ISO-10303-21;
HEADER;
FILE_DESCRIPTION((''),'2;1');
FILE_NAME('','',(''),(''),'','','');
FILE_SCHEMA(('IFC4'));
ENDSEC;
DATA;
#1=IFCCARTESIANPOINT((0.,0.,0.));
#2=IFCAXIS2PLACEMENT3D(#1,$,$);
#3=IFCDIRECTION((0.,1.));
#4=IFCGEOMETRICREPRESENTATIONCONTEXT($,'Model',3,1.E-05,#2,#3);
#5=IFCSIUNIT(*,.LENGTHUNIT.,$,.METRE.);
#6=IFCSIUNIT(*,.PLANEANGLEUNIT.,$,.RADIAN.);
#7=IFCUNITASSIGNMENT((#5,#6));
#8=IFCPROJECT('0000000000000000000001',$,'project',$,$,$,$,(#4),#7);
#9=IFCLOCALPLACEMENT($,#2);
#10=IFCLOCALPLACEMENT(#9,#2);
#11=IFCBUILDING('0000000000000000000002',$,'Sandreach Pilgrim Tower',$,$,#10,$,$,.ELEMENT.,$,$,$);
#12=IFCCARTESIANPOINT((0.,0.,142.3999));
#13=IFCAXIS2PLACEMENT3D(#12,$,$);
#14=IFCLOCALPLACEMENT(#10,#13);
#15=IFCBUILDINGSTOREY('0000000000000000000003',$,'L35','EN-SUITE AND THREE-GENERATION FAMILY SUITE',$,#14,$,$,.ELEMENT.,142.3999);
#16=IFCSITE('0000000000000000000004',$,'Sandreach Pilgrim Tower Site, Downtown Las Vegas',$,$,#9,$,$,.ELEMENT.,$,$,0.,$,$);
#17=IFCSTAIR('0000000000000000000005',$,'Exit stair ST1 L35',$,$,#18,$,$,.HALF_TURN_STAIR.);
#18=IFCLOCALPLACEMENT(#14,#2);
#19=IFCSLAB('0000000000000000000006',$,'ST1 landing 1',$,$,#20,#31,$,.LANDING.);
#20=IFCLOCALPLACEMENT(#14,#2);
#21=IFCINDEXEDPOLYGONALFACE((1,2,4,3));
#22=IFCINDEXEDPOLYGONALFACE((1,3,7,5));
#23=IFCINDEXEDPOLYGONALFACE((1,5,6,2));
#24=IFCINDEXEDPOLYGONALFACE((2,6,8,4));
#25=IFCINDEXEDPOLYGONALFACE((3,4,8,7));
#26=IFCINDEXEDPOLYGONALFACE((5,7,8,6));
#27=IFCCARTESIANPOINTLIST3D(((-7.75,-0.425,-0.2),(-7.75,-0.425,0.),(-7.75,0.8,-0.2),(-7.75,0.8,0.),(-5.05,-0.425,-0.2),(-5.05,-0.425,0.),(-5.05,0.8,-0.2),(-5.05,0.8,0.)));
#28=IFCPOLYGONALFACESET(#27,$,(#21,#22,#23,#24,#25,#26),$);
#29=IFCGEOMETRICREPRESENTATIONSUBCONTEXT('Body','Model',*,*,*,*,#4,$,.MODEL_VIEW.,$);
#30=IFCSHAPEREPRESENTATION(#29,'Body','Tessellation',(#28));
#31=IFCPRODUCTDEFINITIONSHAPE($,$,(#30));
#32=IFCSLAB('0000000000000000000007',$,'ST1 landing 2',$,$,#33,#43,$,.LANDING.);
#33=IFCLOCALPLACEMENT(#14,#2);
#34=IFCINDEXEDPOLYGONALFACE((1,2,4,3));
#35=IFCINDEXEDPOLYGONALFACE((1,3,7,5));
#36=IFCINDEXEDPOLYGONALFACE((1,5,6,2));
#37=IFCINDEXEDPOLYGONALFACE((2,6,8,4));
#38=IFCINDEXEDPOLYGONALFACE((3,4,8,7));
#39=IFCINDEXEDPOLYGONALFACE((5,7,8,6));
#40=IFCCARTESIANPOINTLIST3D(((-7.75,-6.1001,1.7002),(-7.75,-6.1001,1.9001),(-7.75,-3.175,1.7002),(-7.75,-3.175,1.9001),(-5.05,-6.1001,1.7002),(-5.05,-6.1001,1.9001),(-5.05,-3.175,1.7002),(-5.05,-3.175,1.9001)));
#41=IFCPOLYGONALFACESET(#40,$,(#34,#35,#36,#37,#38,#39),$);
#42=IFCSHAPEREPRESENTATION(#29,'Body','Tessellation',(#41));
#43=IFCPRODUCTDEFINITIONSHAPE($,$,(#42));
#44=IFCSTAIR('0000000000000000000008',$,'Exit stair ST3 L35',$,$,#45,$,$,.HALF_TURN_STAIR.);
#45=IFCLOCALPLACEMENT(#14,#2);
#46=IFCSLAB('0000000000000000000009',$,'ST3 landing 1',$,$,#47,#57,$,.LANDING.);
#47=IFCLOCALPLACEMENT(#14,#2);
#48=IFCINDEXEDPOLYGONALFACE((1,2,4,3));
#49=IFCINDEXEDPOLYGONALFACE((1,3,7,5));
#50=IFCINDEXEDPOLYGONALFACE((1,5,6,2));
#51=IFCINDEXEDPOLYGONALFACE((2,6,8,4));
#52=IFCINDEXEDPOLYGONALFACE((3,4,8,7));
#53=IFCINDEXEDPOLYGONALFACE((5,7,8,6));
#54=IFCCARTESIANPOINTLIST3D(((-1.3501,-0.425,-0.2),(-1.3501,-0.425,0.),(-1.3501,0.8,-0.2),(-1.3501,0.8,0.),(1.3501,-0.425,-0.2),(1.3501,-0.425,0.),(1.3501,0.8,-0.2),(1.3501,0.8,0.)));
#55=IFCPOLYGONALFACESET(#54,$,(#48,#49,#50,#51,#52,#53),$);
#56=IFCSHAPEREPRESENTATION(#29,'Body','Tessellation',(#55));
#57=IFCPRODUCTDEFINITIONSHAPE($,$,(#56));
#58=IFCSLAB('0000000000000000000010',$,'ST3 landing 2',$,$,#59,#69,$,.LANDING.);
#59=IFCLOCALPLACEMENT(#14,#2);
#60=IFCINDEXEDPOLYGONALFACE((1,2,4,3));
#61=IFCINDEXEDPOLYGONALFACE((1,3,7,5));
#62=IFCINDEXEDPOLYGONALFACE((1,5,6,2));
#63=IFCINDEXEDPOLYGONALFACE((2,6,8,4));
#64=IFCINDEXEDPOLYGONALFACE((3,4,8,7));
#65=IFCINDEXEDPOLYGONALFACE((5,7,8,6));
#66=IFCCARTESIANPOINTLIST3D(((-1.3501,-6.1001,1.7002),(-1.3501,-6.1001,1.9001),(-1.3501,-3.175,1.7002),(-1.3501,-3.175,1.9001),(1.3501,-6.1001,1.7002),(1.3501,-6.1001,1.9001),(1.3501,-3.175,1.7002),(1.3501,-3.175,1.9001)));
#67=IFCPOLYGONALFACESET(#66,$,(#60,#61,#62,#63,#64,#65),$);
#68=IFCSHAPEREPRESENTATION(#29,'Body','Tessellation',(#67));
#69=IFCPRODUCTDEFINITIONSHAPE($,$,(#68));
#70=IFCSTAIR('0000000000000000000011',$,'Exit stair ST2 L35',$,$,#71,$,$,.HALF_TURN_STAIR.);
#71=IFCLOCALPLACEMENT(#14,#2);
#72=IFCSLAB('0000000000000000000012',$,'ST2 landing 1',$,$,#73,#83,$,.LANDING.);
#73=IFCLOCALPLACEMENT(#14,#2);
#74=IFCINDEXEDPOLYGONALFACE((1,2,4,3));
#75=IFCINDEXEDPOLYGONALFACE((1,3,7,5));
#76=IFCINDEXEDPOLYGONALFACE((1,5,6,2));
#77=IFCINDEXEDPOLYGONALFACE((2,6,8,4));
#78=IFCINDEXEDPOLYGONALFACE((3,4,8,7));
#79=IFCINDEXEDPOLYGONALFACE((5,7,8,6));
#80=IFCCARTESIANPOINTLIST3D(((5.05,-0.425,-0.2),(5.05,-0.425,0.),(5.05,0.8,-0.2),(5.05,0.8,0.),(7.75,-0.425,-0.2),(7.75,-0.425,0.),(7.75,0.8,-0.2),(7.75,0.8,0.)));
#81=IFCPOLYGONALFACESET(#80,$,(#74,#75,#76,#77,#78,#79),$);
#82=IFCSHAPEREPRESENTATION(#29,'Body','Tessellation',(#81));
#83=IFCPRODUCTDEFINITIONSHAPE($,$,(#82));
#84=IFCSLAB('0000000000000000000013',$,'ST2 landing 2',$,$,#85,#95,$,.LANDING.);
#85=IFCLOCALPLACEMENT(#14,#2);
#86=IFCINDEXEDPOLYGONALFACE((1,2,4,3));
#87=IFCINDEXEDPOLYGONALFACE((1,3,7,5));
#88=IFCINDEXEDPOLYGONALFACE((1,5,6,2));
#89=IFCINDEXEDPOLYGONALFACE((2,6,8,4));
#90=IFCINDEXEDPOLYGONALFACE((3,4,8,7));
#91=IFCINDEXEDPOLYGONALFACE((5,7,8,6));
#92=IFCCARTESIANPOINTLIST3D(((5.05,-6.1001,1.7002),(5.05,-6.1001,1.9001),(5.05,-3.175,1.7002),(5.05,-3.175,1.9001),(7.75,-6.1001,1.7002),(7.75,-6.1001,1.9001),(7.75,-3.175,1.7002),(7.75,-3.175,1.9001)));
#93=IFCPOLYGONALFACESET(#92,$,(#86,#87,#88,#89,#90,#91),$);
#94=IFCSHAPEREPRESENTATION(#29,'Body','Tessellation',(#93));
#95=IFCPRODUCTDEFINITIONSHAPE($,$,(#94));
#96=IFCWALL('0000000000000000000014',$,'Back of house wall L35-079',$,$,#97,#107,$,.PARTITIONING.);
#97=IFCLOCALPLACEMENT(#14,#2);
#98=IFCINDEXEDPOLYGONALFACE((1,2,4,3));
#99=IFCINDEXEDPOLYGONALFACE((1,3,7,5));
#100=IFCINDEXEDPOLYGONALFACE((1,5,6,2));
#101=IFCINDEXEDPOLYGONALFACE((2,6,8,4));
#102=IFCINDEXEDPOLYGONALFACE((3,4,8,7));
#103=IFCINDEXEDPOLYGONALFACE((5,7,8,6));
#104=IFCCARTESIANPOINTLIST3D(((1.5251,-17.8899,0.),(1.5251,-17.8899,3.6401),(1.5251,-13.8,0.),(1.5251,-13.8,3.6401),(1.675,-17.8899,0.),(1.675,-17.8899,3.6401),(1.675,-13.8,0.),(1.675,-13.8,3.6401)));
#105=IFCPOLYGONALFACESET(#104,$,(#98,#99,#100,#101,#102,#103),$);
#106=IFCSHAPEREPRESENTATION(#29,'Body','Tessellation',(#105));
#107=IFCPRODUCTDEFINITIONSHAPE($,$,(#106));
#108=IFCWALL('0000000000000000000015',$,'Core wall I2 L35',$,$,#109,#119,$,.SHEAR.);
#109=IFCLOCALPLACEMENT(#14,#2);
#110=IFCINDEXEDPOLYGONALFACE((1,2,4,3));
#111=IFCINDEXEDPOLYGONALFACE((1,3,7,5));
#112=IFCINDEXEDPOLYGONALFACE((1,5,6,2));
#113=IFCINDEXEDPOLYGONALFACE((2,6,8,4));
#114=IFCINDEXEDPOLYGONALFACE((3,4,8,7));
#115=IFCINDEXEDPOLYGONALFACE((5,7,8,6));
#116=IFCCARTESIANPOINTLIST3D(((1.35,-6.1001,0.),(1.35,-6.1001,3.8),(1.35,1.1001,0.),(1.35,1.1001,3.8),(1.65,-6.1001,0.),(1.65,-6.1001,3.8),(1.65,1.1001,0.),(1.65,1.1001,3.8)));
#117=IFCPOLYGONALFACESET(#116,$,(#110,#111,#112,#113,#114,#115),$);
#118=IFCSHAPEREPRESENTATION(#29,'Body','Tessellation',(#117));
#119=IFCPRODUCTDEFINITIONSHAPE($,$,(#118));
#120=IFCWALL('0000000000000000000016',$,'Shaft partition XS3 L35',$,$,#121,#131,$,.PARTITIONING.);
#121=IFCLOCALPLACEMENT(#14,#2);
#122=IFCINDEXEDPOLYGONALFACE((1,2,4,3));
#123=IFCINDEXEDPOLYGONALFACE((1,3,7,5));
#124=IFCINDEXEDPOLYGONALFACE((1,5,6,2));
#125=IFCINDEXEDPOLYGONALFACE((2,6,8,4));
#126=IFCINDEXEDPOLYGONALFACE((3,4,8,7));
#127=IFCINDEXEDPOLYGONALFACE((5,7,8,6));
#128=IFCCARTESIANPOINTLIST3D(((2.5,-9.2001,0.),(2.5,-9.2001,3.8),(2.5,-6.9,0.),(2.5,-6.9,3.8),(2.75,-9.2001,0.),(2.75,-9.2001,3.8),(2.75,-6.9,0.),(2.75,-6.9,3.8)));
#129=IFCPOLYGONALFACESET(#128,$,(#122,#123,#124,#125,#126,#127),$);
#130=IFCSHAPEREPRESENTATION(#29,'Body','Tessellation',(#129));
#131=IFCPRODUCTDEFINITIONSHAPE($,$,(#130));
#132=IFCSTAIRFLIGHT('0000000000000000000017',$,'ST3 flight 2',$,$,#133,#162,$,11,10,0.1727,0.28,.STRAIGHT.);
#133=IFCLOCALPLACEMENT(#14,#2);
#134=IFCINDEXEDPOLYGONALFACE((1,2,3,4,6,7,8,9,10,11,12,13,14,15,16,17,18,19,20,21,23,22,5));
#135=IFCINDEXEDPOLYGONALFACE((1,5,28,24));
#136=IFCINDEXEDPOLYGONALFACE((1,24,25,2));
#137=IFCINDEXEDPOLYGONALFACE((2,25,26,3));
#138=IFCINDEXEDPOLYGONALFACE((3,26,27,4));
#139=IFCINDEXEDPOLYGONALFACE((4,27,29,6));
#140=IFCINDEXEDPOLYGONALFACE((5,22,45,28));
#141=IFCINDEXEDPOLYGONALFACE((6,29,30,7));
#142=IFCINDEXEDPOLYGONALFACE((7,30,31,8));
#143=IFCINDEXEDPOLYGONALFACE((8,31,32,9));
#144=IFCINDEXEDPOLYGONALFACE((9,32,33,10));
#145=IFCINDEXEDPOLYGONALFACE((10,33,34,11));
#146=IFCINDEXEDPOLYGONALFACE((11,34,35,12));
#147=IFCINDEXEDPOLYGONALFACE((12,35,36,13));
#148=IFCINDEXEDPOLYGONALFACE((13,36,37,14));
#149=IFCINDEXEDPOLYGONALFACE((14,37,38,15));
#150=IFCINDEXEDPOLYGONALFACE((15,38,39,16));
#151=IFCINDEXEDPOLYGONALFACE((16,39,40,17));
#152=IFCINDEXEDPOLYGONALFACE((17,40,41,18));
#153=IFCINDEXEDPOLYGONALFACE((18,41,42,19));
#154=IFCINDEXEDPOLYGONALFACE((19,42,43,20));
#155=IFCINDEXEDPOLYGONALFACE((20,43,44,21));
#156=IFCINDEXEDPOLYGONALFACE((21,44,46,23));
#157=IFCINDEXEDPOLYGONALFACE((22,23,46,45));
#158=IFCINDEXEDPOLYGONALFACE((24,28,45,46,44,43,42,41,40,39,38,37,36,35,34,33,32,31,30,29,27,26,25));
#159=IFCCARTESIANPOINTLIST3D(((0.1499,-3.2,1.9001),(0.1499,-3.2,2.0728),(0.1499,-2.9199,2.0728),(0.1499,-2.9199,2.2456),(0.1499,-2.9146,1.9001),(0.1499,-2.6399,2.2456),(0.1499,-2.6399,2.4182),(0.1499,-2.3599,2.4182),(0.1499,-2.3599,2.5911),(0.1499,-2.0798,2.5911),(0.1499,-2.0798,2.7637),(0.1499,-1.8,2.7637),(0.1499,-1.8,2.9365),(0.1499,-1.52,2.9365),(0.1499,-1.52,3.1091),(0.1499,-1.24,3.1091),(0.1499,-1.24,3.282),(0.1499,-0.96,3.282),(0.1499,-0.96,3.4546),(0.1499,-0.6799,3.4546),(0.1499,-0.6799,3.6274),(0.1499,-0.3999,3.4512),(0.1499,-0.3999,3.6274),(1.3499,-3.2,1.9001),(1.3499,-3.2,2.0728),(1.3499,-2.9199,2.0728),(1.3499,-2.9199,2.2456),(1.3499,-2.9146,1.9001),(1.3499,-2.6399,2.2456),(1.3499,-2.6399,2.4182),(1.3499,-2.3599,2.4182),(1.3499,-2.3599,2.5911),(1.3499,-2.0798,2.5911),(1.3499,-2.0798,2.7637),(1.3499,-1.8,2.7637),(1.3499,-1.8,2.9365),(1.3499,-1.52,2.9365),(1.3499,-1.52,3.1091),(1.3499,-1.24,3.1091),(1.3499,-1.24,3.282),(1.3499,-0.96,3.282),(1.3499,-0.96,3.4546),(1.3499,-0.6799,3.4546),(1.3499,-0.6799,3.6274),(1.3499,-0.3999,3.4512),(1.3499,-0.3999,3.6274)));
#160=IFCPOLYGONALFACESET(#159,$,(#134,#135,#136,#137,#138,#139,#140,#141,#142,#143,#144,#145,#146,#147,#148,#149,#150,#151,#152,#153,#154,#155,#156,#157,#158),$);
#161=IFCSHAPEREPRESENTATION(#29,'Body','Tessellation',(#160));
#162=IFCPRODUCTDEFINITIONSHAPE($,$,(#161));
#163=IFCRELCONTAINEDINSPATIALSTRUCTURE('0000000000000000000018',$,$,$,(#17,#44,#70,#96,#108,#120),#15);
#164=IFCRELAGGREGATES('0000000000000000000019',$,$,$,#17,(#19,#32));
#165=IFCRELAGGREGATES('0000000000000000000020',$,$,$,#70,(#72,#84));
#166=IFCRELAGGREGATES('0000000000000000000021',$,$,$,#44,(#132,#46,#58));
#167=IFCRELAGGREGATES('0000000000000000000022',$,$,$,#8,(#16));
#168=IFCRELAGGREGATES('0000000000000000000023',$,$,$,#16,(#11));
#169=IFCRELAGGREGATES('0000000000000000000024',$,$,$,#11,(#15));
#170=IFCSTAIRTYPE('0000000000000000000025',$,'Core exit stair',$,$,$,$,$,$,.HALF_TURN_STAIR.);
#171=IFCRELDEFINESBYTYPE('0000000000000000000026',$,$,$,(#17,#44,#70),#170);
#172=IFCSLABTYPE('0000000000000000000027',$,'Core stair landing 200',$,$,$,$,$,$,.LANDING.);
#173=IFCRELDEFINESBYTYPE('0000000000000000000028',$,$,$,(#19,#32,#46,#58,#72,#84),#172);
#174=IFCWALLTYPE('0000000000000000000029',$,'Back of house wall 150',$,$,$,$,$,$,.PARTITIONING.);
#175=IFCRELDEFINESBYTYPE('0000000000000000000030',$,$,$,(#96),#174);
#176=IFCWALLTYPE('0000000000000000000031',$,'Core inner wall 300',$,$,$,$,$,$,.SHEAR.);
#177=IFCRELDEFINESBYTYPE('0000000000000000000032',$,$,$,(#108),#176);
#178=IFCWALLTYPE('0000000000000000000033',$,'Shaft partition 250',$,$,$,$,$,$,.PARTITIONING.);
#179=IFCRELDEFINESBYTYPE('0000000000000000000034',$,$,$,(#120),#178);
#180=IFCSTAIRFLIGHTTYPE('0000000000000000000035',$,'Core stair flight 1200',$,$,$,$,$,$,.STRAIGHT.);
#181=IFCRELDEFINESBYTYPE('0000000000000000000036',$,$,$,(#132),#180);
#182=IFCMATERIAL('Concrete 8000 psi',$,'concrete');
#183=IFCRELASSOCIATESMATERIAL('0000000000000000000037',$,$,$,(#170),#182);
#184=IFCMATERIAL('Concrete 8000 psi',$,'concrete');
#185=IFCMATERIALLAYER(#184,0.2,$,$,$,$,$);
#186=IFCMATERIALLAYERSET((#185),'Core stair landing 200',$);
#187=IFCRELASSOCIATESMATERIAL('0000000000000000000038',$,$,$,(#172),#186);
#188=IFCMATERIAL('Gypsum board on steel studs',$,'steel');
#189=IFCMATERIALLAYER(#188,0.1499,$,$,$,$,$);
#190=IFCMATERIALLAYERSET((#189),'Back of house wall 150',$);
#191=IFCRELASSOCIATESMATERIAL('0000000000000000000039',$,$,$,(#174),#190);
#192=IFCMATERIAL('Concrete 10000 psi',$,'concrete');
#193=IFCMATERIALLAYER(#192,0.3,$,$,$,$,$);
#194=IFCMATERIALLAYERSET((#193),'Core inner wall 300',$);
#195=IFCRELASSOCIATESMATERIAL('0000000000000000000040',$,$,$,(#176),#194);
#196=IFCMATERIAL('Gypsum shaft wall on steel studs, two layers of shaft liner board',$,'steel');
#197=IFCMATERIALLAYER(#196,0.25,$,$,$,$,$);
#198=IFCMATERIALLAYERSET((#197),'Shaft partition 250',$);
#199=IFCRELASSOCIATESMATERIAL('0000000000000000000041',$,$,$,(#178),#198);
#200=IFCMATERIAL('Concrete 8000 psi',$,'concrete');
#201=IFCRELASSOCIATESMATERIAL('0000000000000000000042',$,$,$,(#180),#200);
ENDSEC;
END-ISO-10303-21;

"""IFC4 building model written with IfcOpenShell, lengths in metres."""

from ifc_helpers import new_model, si_unit, direction, frame, frame_2d, origin, place, context, subcontext, project, spatial, polyline, rectangle, outline, extrude, material, layer, layer_set, type_object, element, aggregate, save


model = new_model("IFC4")

# Units and contexts
model_context = context("Model", 3, precision=1e-05, world=origin(), true_north=direction((0.0, 1.0)))
body_context = subcontext(model_context, "Body", "Model", "MODEL_VIEW")
ifc_project = project(units=[si_unit("LENGTHUNIT", "METRE"), si_unit("PLANEANGLEUNIT", "RADIAN")], contexts=[model_context])

# Site, building, storey
site_placement = place(None, origin())
site = spatial("IfcSite", under=ifc_project, at=site_placement, Name="Sandreach Pilgrim Tower Site, Downtown Las Vegas", CompositionType="ELEMENT", RefElevation=0.0)
building_placement = place(site_placement, origin())
building = spatial("IfcBuilding", under=site, at=building_placement, Name="Sandreach Pilgrim Tower", CompositionType="ELEMENT")
storey_placement = place(building_placement, frame((0.0, 0.0, 142.3999)))
storey = spatial("IfcBuildingStorey", under=building, at=storey_placement, Name="L35", Description="EN-SUITE AND THREE-GENERATION FAMILY SUITE", CompositionType="ELEMENT", Elevation=142.3999)

# Stairs, slabs
ifc_material_1 = material(Name="Concrete 8000 psi", Category="concrete")
stair_type = type_object("IfcStairType", Name="Core exit stair", PredefinedType="HALF_TURN_STAIR", material=ifc_material_1)
stair_1_placement = place(storey_placement, origin())
stair_1 = element("IfcStair", 1, at=stair_1_placement, inside=storey, type_object=stair_type, Name="Exit stair ST1 L35", PredefinedType="HALF_TURN_STAIR")
ifc_material_2 = material(Name="Concrete 8000 psi", Category="concrete")
ifc_layer_1 = layer(ifc_material_2, 0.2)
ifc_layer_set_1 = layer_set([ifc_layer_1], Name="Core stair landing 200")
slab_type = type_object("IfcSlabType", Name="Core stair landing 200", PredefinedType="LANDING", material=ifc_layer_set_1)
slab_1_placement = place(storey_placement, frame((0.0, 0.0, -0.2)))
slab_1 = element("IfcSlab", 2, at=slab_1_placement, type_object=slab_type, Name="ST1 landing 1", PredefinedType="LANDING", context=body_context, shape_type="SweptSolid", body=[
    extrude(outline(polyline([(-7.75, -0.425), (-5.05, -0.425), (-5.05, 0.8), (-7.75, 0.8), (-7.75, -0.425)])), origin(), (0.0, 0.0, 1.0), 0.2),
])
slab_2_placement = place(storey_placement, frame((0.0, 0.0, 1.7002)))
slab_2 = element("IfcSlab", 3, at=slab_2_placement, type_object=slab_type, Name="ST1 landing 2", PredefinedType="LANDING", context=body_context, shape_type="SweptSolid", body=[
    extrude(outline(polyline([(-7.75, -6.1001), (-5.05, -6.1001), (-5.05, -3.175), (-7.75, -3.175), (-7.75, -6.1001)])), origin(), (0.0, 0.0, 1.0), 0.2),
])
aggregate(stair_1, [slab_1, slab_2])
stair_2_placement = place(storey_placement, origin())
stair_2 = element("IfcStair", 4, at=stair_2_placement, inside=storey, type_object=stair_type, Name="Exit stair ST3 L35", PredefinedType="HALF_TURN_STAIR")
slab_3_placement = place(storey_placement, frame((0.0, 0.0, -0.2)))
slab_3 = element("IfcSlab", 5, at=slab_3_placement, type_object=slab_type, Name="ST3 landing 1", PredefinedType="LANDING", context=body_context, shape_type="SweptSolid", body=[
    extrude(outline(polyline([(-1.3501, -0.425), (1.3501, -0.425), (1.3501, 0.8), (-1.3501, 0.8), (-1.3501, -0.425)])), origin(), (0.0, 0.0, 1.0), 0.2),
])
slab_4_placement = place(storey_placement, frame((0.0, 0.0, 1.7002)))
slab_4 = element("IfcSlab", 6, at=slab_4_placement, type_object=slab_type, Name="ST3 landing 2", PredefinedType="LANDING", context=body_context, shape_type="SweptSolid", body=[
    extrude(outline(polyline([(-1.3501, -6.1001), (1.3501, -6.1001), (1.3501, -3.175), (-1.3501, -3.175), (-1.3501, -6.1001)])), origin(), (0.0, 0.0, 1.0), 0.2),
])
stair_3_placement = place(storey_placement, origin())
stair_3 = element("IfcStair", 7, at=stair_3_placement, inside=storey, type_object=stair_type, Name="Exit stair ST2 L35", PredefinedType="HALF_TURN_STAIR")
slab_5_placement = place(storey_placement, frame((0.0, 0.0, -0.2)))
slab_5 = element("IfcSlab", 8, at=slab_5_placement, type_object=slab_type, Name="ST2 landing 1", PredefinedType="LANDING", context=body_context, shape_type="SweptSolid", body=[
    extrude(outline(polyline([(5.05, -0.425), (7.75, -0.425), (7.75, 0.8), (5.05, 0.8), (5.05, -0.425)])), origin(), (0.0, 0.0, 1.0), 0.2),
])
slab_6_placement = place(storey_placement, frame((0.0, 0.0, 1.7002)))
slab_6 = element("IfcSlab", 9, at=slab_6_placement, type_object=slab_type, Name="ST2 landing 2", PredefinedType="LANDING", context=body_context, shape_type="SweptSolid", body=[
    extrude(outline(polyline([(5.05, -6.1001), (7.75, -6.1001), (7.75, -3.175), (5.05, -3.175), (5.05, -6.1001)])), origin(), (0.0, 0.0, 1.0), 0.2),
])
aggregate(stair_3, [slab_5, slab_6])

# Walls
ifc_material_3 = material(Name="Gypsum board on steel studs", Category="steel")
ifc_layer_2 = layer(ifc_material_3, 0.1499)
ifc_layer_set_2 = layer_set([ifc_layer_2], Name="Back of house wall 150")
wall_type_1 = type_object("IfcWallType", Name="Back of house wall 150", PredefinedType="PARTITIONING", material=ifc_layer_set_2)
wall_1_placement = place(storey_placement, frame((1.6001, -13.8, 0.0), z_axis=(0.0, 0.0, 1.0), x_axis=(0.0, -1.0, 0.0)))
element("IfcWall", 10, at=wall_1_placement, inside=storey, type_object=wall_type_1, Name="Back of house wall L35-079", PredefinedType="PARTITIONING", context=body_context, shape_type="SweptSolid", body=[
    extrude(rectangle(XDim=4.0898, YDim=0.1499, at=frame_2d((2.0449, 0.0))), origin(), (0.0, 0.0, 1.0), 3.6401),
])
ifc_material_4 = material(Name="Concrete 10000 psi", Category="concrete")
ifc_layer_3 = layer(ifc_material_4, 0.3)
ifc_layer_set_3 = layer_set([ifc_layer_3], Name="Core inner wall 300")
wall_type_2 = type_object("IfcWallType", Name="Core inner wall 300", PredefinedType="SHEAR", material=ifc_layer_set_3)
wall_2_placement = place(storey_placement, frame((1.5, -6.1001, 0.0), z_axis=(0.0, 0.0, 1.0), x_axis=(0.0, 1.0, 0.0)))
element("IfcWall", 11, at=wall_2_placement, inside=storey, type_object=wall_type_2, Name="Core wall I2 L35", PredefinedType="SHEAR", context=body_context, shape_type="SweptSolid", body=[
    extrude(rectangle(XDim=7.2002, YDim=0.3, at=frame_2d((3.6001, 0.0))), origin(), (0.0, 0.0, 1.0), 3.8),
])

# Wall
ifc_material_5 = material(Name="Gypsum shaft wall on steel studs, two layers of shaft liner board", Category="steel")
ifc_layer_4 = layer(ifc_material_5, 0.25)
ifc_layer_set_4 = layer_set([ifc_layer_4], Name="Shaft partition 250")
wall_type_3 = type_object("IfcWallType", Name="Shaft partition 250", PredefinedType="PARTITIONING", material=ifc_layer_set_4)
wall_3_placement = place(storey_placement, frame((2.625, -9.2, 0.0), z_axis=(0.0, 0.0, 1.0), x_axis=(0.0, 1.0, 0.0)))
element("IfcWall", 12, at=wall_3_placement, inside=storey, type_object=wall_type_3, Name="Shaft partition XS3 L35", PredefinedType="PARTITIONING", context=body_context, shape_type="SweptSolid", body=[
    extrude(rectangle(XDim=2.3, YDim=0.25, at=frame_2d((1.1499, 0.0))), origin(), (0.0, 0.0, 1.0), 3.8),
])

# Stair flight
ifc_material_6 = material(Name="Concrete 8000 psi", Category="concrete")
stair_flight_type = type_object("IfcStairFlightType", Name="Core stair flight 1200", PredefinedType="STRAIGHT", material=ifc_material_6)
stair_flight_placement = place(storey_placement, frame((0.75, -3.2, 1.9001), z_axis=(0.0, 0.0, 1.0), x_axis=(0.0, 1.0, 0.0)))
stair_flight = element("IfcStairFlight", 13, at=stair_flight_placement, type_object=stair_flight_type, Name="ST3 flight 2", NumberOfRisers=11, NumberOfTreads=10, PredefinedType="STRAIGHT", RiserHeight=0.1727, TreadLength=0.28, context=body_context, shape_type="SweptSolid", body=[
    extrude(outline(polyline([(0.0, 0.0), (0.0, 0.1726), (0.28, 0.1726), (0.28, 0.3455), (0.5601, 0.3455), (0.5601, 0.5181), (0.8401, 0.5181), (0.8401, 0.6909), (1.1201, 0.6909), (1.1201, 0.8635), (1.3999, 0.8635), (1.3999, 1.0364), (1.6799, 1.0364), (1.6799, 1.209), (1.96, 1.209), (1.96, 1.3818), (2.24, 1.3818), (2.24, 1.5544), (2.52, 1.5544), (2.52, 1.7273), (2.8, 1.7273), (2.8, 1.8999), (2.8, 1.551), (0.2854, 0.0), (0.0, 0.0)])), frame((0.0, 0.6001, 0.0), z_axis=(0.0, -1.0, 0.0), x_axis=(1.0, 0.0, 0.0)), (0.0, 0.0, 1.0), 1.2),
])
aggregate(stair_2, [stair_flight, slab_3, slab_4])

save(model, "model.ifc")
